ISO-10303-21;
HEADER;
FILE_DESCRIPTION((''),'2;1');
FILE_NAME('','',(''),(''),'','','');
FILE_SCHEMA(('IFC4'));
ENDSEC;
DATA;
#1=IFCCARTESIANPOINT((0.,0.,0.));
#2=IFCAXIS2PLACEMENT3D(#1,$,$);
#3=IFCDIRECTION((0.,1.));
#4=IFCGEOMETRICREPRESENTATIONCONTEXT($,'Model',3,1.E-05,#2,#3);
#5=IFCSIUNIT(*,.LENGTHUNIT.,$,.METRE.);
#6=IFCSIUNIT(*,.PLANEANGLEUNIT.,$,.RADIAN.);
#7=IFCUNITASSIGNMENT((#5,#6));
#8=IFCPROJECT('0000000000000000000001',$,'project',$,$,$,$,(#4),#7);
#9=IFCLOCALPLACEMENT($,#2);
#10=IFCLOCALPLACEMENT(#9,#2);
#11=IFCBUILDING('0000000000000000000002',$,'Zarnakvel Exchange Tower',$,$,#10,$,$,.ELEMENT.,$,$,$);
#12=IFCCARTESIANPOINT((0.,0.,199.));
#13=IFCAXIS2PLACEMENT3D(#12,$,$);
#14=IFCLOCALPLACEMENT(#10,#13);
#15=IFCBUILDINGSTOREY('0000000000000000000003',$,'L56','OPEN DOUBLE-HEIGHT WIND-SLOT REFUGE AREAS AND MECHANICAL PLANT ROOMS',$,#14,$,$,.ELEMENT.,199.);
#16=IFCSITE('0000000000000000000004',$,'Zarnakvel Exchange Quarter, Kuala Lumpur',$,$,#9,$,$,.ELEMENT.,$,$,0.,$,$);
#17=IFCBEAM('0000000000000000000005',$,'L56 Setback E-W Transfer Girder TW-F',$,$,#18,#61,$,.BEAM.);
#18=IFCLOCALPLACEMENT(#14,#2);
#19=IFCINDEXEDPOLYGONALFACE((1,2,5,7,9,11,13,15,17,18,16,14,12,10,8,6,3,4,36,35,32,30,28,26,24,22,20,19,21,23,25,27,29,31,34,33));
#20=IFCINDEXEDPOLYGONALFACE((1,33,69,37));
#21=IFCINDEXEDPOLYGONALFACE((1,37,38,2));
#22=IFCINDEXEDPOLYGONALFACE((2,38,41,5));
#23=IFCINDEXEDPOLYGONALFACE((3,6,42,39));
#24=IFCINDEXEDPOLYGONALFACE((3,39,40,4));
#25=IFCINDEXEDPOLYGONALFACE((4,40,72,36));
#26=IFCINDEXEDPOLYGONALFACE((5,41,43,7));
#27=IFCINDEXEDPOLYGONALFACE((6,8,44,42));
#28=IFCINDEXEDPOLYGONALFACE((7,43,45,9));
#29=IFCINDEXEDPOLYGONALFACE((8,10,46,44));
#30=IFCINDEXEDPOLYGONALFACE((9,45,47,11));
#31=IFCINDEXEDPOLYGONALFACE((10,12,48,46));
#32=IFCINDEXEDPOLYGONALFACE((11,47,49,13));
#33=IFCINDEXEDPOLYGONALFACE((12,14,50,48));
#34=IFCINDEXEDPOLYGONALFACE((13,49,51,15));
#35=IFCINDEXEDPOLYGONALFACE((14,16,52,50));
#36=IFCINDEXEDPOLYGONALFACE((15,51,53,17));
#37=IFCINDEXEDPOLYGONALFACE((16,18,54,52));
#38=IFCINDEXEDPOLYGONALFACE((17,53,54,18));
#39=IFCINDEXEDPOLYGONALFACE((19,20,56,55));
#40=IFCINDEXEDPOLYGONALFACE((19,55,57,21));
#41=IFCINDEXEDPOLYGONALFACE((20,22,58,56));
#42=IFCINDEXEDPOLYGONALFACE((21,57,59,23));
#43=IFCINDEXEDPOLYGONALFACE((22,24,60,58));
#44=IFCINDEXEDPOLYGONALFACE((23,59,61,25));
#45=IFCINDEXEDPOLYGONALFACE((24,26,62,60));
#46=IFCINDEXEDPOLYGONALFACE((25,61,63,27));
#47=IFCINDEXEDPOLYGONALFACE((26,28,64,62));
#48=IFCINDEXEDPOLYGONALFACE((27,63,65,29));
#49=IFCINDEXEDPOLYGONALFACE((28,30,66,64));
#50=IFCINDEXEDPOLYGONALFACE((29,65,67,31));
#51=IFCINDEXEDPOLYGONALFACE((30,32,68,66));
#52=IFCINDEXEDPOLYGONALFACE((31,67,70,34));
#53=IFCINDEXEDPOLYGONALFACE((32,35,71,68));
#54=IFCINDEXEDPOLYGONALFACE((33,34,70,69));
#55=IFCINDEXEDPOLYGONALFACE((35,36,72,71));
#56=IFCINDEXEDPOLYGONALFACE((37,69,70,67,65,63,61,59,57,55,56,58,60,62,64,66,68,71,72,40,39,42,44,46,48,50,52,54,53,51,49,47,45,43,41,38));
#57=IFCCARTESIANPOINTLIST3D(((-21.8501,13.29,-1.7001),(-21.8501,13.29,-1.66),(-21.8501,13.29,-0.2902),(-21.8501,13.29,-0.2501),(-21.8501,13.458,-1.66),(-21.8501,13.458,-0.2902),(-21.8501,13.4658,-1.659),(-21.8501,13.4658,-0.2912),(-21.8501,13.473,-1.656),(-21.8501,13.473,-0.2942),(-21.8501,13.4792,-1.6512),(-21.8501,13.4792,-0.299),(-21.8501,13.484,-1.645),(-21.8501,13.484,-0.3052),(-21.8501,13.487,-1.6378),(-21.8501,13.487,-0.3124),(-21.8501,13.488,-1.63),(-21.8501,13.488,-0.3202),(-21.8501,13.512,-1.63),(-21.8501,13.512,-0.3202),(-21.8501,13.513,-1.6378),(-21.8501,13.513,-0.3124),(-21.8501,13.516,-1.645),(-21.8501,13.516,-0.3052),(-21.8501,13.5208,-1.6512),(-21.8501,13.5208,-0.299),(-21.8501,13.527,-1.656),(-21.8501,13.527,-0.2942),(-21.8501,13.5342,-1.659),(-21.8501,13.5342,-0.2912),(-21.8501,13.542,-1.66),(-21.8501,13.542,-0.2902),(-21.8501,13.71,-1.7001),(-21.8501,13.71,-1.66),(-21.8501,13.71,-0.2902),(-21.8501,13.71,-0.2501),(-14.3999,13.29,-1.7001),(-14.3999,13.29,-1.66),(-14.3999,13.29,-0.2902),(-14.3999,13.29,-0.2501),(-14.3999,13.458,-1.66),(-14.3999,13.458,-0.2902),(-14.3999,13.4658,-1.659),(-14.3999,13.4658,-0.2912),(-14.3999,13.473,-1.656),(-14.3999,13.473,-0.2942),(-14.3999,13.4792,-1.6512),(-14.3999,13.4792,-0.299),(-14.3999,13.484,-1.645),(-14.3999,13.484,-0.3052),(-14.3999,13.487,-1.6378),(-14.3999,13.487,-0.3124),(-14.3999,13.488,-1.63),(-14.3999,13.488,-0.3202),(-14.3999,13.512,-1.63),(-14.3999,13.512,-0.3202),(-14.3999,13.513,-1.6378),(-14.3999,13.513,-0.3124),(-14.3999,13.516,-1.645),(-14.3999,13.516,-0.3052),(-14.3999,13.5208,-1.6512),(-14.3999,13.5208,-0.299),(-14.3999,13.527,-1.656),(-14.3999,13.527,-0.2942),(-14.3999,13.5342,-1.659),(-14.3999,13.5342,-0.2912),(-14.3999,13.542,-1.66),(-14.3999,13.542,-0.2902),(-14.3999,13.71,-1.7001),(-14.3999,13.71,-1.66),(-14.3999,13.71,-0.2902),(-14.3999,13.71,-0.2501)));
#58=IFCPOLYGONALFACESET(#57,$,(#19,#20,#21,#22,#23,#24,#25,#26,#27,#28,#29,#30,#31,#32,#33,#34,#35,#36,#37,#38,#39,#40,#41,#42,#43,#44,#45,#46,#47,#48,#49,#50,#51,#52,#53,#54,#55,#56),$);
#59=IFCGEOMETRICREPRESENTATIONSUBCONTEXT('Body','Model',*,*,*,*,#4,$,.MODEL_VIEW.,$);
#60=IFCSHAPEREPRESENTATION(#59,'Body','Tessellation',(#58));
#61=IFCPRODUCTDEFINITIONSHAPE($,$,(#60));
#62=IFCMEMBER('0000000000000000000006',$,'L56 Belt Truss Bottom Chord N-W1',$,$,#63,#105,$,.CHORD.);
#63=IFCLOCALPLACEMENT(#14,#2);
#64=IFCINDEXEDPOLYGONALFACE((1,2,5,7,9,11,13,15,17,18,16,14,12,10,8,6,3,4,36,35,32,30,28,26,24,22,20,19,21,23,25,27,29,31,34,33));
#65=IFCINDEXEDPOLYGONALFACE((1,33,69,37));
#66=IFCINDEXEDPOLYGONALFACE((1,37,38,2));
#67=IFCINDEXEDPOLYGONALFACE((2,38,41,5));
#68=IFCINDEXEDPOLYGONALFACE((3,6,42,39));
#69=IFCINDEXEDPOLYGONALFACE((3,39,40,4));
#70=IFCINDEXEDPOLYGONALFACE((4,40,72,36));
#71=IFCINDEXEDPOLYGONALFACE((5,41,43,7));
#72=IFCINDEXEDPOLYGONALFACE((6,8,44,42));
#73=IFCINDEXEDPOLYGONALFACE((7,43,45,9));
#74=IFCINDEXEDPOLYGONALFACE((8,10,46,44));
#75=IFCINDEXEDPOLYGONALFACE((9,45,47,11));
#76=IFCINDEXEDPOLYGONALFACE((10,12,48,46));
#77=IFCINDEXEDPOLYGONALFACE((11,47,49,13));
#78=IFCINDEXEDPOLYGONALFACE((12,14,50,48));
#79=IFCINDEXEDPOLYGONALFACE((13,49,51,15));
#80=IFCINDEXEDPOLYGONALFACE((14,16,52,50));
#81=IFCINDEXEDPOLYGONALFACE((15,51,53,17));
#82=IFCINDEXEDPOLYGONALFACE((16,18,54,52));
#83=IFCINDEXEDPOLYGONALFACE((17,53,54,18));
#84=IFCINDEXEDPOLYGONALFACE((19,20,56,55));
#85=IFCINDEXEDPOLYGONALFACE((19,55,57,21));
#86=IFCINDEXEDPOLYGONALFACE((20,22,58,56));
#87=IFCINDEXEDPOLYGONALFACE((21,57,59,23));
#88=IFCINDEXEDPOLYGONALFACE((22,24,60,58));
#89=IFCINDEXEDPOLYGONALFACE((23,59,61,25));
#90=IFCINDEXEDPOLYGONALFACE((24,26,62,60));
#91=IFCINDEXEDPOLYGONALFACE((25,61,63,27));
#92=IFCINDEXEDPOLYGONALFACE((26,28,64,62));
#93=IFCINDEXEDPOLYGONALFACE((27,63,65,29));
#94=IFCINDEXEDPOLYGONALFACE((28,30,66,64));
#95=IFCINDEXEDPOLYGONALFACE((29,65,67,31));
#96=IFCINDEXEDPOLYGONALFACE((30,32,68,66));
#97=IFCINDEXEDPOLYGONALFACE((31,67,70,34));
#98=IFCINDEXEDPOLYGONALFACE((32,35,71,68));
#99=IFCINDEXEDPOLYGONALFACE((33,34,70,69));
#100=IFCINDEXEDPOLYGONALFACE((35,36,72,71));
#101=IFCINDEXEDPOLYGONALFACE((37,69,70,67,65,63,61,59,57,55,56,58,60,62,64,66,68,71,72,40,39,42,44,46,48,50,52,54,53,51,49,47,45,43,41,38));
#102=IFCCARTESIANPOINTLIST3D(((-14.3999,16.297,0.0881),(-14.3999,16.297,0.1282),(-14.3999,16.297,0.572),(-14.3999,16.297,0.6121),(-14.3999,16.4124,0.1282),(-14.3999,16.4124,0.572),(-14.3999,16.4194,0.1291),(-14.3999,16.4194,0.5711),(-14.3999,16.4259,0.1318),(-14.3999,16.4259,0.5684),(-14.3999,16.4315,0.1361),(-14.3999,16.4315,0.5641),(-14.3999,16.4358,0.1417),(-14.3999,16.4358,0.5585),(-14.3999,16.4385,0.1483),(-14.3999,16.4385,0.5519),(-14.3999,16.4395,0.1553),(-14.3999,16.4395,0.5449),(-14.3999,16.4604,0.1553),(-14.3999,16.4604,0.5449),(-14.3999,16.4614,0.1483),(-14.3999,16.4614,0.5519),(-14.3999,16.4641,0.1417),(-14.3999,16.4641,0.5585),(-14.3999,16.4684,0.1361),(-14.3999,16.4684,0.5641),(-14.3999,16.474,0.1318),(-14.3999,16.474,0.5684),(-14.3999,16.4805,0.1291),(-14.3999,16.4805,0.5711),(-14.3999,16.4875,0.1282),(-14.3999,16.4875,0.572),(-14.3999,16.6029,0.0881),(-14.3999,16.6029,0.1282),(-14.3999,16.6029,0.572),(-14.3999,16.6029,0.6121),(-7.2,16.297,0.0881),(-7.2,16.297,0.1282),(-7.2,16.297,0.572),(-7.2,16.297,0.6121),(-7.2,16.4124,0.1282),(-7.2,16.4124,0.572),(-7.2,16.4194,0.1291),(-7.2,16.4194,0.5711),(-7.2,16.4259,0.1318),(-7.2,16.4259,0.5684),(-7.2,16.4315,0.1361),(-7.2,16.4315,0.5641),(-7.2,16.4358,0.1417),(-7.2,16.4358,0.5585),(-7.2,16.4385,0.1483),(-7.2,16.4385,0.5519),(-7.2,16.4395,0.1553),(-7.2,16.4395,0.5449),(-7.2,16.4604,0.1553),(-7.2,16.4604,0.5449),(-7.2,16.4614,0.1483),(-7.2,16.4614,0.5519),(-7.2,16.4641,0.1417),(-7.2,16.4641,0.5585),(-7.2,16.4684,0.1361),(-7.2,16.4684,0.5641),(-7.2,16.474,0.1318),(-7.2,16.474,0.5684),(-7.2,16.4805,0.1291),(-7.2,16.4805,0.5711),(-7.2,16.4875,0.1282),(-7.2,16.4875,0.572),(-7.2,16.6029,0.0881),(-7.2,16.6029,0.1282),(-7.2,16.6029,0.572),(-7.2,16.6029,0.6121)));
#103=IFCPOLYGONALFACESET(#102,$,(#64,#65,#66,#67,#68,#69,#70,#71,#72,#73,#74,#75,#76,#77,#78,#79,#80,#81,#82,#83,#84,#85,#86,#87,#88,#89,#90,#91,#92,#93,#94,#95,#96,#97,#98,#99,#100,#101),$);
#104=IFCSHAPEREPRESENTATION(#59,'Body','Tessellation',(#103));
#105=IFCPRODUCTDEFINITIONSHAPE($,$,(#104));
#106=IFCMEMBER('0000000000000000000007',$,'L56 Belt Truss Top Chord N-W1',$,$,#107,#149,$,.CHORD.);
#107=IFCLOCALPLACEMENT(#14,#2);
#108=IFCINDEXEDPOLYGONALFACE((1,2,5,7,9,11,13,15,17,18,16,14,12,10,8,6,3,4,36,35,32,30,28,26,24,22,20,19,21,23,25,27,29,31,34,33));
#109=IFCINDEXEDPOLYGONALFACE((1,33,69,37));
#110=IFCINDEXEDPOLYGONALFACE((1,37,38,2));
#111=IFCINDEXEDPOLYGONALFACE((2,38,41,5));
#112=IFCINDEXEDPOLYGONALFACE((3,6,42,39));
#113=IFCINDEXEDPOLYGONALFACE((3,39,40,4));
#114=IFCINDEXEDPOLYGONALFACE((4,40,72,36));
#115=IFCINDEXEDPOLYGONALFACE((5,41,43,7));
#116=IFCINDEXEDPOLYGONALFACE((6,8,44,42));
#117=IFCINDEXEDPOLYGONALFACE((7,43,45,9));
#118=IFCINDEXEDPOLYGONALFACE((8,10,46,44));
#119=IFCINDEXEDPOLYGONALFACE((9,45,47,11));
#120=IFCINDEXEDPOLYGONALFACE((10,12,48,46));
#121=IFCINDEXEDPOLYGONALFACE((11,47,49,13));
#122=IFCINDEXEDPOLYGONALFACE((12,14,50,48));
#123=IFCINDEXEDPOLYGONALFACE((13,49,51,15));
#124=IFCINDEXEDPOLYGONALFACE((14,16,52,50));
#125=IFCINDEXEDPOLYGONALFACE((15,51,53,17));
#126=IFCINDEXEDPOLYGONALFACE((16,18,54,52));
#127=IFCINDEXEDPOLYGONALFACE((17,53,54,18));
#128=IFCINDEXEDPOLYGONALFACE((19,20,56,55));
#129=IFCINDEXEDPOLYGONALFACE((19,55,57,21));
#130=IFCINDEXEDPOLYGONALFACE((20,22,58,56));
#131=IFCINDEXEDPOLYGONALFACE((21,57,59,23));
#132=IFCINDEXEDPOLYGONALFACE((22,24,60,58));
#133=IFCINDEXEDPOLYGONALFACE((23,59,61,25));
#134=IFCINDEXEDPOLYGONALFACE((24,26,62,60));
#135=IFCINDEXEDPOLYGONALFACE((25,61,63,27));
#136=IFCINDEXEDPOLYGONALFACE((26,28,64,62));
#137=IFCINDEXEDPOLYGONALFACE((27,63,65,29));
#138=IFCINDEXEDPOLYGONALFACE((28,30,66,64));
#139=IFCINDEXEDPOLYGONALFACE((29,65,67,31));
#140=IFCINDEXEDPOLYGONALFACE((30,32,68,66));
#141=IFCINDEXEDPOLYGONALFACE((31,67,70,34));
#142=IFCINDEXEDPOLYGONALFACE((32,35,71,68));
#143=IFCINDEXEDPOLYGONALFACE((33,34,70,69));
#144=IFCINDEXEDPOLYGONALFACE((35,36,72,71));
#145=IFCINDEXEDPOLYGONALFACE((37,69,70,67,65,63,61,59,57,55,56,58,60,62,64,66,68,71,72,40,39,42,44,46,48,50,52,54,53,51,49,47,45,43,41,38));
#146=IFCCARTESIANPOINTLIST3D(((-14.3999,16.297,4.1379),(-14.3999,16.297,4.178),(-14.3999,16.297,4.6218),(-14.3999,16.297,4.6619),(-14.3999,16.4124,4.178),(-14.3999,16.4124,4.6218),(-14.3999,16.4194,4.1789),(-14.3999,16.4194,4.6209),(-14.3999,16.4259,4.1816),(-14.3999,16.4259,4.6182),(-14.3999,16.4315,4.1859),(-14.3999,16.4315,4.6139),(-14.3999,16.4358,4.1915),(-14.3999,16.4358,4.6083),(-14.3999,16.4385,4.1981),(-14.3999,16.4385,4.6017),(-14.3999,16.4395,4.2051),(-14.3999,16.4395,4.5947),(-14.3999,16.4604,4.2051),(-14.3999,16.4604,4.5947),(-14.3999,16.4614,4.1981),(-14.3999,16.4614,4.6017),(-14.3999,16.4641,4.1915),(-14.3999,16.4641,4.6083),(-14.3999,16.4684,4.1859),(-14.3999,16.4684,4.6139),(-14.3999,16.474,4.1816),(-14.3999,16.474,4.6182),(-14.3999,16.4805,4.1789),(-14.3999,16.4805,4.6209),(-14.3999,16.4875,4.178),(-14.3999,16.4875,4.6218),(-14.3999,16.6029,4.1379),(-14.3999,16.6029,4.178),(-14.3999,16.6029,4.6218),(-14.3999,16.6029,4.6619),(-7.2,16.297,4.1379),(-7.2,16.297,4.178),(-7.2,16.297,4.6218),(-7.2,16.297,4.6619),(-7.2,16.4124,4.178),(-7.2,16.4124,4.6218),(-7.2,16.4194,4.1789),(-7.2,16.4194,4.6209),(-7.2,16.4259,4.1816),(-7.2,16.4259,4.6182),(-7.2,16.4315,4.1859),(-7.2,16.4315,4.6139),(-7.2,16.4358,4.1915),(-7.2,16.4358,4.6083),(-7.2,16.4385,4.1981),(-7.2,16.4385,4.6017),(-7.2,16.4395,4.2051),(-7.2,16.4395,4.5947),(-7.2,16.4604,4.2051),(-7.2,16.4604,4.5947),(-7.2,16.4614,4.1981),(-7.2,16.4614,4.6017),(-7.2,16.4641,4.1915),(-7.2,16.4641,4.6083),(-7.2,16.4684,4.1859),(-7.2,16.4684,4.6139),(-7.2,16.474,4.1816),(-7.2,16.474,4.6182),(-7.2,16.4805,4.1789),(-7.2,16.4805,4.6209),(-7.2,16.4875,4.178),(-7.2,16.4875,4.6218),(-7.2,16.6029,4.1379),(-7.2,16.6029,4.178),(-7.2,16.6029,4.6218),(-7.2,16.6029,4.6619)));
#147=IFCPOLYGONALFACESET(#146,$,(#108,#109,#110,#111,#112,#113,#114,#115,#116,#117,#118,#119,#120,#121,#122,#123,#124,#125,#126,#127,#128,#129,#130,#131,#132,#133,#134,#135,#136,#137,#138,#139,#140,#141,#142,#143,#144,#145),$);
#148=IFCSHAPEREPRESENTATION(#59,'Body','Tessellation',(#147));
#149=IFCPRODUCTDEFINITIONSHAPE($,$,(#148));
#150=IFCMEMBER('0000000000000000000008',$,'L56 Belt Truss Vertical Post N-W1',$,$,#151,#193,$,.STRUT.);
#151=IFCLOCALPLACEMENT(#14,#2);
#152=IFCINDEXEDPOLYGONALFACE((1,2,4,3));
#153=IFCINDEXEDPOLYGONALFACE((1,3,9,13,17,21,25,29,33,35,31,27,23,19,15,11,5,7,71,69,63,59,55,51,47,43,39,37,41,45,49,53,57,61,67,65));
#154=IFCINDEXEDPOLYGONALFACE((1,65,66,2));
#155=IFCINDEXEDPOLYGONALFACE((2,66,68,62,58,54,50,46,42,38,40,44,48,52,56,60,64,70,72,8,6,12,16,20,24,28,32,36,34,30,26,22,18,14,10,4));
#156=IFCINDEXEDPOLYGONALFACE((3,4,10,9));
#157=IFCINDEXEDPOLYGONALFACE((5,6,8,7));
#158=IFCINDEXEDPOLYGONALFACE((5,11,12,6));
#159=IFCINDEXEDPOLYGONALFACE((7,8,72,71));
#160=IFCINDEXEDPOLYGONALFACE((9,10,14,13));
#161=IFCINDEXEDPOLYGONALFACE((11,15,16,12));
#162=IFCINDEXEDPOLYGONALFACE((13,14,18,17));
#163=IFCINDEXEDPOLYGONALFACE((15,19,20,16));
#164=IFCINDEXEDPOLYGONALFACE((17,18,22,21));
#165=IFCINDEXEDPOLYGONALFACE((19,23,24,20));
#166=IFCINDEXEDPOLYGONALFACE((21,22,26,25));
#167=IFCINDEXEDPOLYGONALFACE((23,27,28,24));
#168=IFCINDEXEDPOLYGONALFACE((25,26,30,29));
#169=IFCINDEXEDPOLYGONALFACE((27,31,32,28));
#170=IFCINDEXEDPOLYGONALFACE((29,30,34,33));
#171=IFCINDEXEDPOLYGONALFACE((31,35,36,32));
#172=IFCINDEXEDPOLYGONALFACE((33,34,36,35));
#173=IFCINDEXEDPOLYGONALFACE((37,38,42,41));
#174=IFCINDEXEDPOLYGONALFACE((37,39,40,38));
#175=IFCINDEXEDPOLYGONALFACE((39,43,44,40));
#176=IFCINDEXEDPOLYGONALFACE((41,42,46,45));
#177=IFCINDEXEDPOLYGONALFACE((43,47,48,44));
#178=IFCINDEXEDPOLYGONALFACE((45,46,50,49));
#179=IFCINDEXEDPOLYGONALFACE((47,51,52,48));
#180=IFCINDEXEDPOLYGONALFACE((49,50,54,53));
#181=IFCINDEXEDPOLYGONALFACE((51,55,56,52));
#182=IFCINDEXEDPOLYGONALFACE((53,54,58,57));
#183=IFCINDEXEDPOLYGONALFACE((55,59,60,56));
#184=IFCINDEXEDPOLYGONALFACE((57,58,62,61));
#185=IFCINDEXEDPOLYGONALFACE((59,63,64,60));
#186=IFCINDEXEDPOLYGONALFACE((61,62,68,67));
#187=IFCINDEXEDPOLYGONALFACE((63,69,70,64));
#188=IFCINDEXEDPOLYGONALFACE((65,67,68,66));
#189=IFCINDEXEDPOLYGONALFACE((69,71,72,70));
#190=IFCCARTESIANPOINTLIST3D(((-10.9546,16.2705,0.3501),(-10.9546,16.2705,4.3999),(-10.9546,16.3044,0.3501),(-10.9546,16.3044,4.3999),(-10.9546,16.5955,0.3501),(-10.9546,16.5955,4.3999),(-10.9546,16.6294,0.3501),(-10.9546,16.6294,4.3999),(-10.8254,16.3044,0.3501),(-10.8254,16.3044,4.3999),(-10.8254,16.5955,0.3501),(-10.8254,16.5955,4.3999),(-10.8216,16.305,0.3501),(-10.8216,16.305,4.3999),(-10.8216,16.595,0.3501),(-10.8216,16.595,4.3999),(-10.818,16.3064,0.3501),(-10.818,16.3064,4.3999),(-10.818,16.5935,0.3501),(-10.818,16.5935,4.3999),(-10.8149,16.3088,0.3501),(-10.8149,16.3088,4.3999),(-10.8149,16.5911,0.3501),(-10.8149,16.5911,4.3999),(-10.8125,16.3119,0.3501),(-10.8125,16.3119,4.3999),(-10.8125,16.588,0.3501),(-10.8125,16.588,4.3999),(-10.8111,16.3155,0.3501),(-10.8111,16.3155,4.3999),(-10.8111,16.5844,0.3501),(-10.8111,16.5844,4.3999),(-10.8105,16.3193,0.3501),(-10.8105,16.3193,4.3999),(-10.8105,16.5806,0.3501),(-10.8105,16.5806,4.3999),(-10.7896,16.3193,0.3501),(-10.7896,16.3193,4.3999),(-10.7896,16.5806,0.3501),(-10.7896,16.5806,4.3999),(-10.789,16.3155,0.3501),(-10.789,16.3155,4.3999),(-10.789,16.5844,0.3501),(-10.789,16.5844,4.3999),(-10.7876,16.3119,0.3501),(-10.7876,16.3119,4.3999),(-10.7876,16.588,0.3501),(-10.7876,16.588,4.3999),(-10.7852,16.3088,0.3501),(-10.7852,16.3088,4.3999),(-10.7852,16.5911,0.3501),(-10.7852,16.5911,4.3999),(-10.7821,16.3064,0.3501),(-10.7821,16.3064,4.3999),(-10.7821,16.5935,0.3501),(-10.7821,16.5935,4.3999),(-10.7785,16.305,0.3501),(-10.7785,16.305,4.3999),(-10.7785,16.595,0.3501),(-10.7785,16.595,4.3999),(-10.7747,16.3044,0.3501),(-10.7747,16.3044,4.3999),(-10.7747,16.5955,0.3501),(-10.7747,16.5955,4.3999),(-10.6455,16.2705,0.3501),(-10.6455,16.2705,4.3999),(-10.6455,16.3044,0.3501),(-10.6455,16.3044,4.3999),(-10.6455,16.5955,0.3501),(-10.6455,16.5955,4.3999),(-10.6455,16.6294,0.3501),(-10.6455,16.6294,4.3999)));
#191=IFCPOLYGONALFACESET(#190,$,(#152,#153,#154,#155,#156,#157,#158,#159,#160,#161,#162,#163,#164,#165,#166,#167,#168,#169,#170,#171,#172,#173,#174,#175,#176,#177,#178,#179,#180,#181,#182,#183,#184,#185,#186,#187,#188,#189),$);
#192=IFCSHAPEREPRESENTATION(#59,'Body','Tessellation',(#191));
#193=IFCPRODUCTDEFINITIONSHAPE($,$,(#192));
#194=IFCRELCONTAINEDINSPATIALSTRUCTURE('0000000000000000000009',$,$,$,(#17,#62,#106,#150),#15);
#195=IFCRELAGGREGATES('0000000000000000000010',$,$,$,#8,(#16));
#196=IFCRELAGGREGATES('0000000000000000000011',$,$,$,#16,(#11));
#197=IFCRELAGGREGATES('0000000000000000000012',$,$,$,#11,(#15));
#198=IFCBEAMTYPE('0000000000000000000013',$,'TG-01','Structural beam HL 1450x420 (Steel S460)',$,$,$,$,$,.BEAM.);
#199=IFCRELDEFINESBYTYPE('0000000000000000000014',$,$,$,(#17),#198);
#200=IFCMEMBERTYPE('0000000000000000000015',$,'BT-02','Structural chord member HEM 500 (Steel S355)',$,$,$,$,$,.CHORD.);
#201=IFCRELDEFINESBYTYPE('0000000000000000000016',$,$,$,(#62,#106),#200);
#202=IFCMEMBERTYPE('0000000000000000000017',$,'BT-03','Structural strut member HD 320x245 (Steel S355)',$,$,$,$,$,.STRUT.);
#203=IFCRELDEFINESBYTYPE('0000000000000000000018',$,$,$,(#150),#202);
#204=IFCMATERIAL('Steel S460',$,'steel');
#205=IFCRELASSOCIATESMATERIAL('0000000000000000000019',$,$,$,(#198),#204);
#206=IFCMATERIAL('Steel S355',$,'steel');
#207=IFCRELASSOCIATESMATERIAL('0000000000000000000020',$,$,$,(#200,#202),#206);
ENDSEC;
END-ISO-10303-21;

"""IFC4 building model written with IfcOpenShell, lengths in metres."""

from ifc_helpers import new_model, si_unit, direction, frame, origin, origin_2d, place, context, subcontext, project, spatial, i_section, extrude, source, transform, mapped, material, material_profile, profile_set, type_object, element, save


model = new_model("IFC4")

# Units and contexts
model_context = context("Model", 3, precision=1e-05, world=origin(), true_north=direction((0.0, 1.0)))
body_context = subcontext(model_context, "Body", "Model", "MODEL_VIEW")
ifc_project = project(units=[si_unit("LENGTHUNIT", "METRE"), si_unit("PLANEANGLEUNIT", "RADIAN")], contexts=[model_context])

# Site, building, storey
site_placement = place(None, origin())
site = spatial("IfcSite", under=ifc_project, at=site_placement, Name="Zarnakvel Exchange Quarter, Kuala Lumpur", CompositionType="ELEMENT", RefElevation=0.0)
building_placement = place(site_placement, origin())
building = spatial("IfcBuilding", under=site, at=building_placement, Name="Zarnakvel Exchange Tower", CompositionType="ELEMENT")
storey_placement = place(building_placement, frame((0.0, 0.0, 199.0)))
storey = spatial("IfcBuildingStorey", under=building, at=storey_placement, Name="L56", Description="OPEN DOUBLE-HEIGHT WIND-SLOT REFUGE AREAS AND MECHANICAL PLANT ROOMS", CompositionType="ELEMENT", Elevation=199.0)

# Shared definitions
ifc_material_1 = material(Name="Steel S355", Category="steel")

# Beam
ifc_material_2 = material(Name="Steel S460", Category="steel")
ifc_material_profile_1 = material_profile(ifc_material_2, i_section(OverallWidth=0.4199, OverallDepth=1.45, WebThickness=0.0239, FlangeThickness=0.04, FilletRadius=0.03, at=origin_2d()))
ifc_profile_set_1 = profile_set([ifc_material_profile_1], Name="Steel S460")
beam_type_1 = type_object("IfcBeamType", Name="TG-01", Description="Structural beam HL 1450x420 (Steel S460)", PredefinedType="BEAM", material=ifc_profile_set_1)
beam_1_placement = place(storey_placement, frame((-21.8501, 13.5, -0.9751), z_axis=(1.0, 0.0, 0.0), x_axis=(0.0, 1.0, 0.0)))
element("IfcBeam", 1, at=beam_1_placement, inside=storey, type_object=beam_type_1, Name="L56 Setback E-W Transfer Girder TW-F", PredefinedType="BEAM", context=body_context, shape_type="SweptSolid", body=[
    extrude(i_section(OverallWidth=0.4199, OverallDepth=1.45, WebThickness=0.0239, FlangeThickness=0.04, FilletRadius=0.03, at=origin_2d()), origin(), (0.0, 0.0, 1.0), 7.4502),
])

# Members
ifc_material_profile_2 = material_profile(ifc_material_1, i_section(OverallWidth=0.3059, OverallDepth=0.5239, WebThickness=0.021, FlangeThickness=0.04, FilletRadius=0.0271, at=origin_2d()))
ifc_profile_set_2 = profile_set([ifc_material_profile_2], Name="Steel S355")
member_type_1 = type_object("IfcMemberType", Name="BT-02", Description="Structural chord member HEM 500 (Steel S355)", PredefinedType="CHORD", material=ifc_profile_set_2)
shared_shape_1 = source(origin(), body_context, "Body", "SweptSolid", [
    extrude(i_section(OverallWidth=0.3059, OverallDepth=0.5239, WebThickness=0.021, FlangeThickness=0.04, FilletRadius=0.0271, at=origin_2d()), origin(), (0.0, 0.0, 1.0), 7.2),
])
for number, where, z_axis, x_axis, name in (
    (2, (-14.3999, 16.45, 0.3501), (1.0, 0.0, 0.0), (0.0, 1.0, 0.0), "L56 Belt Truss Bottom Chord N-W1"),
    (3, (-14.3999, 16.45, 4.3999), (1.0, 0.0, 0.0), (0.0, 1.0, 0.0), "L56 Belt Truss Top Chord N-W1"),
):
    element("IfcMember", number, at=place(storey_placement, frame(where, z_axis=z_axis, x_axis=x_axis)), inside=storey, type_object=member_type_1, Name=name, PredefinedType="CHORD", context=body_context, shape_type="MappedRepresentation", body=[
        mapped(shared_shape_1, transform((0.0, 0.0, 0.0), x_axis=(1.0, 0.0, 0.0), y_axis=(0.0, 1.0, 0.0), z_axis=(0.0, 0.0, 1.0), scale=1.0)),
    ])
ifc_material_profile_3 = material_profile(ifc_material_1, i_section(OverallWidth=0.3091, OverallDepth=0.3589, WebThickness=0.021, FlangeThickness=0.0339, FilletRadius=0.0149, at=origin_2d()))
ifc_profile_set_3 = profile_set([ifc_material_profile_3], Name="Steel S355")
member_type_2 = type_object("IfcMemberType", Name="BT-03", Description="Structural strut member HD 320x245 (Steel S355)", PredefinedType="STRUT", material=ifc_profile_set_3)
shared_shape_2 = source(origin(), body_context, "Body", "SweptSolid", [
    extrude(i_section(OverallWidth=0.3091, OverallDepth=0.3589, WebThickness=0.021, FlangeThickness=0.0339, FilletRadius=0.0149, at=origin_2d()), origin(), (0.0, 0.0, 1.0), 4.0498),
])
member_1_placement = place(storey_placement, frame((-10.8, 16.45, 0.3501), z_axis=(0.0, 0.0, 1.0), x_axis=(1.0, 0.0, 0.0)))
element("IfcMember", 4, at=member_1_placement, inside=storey, type_object=member_type_2, Name="L56 Belt Truss Vertical Post N-W1", PredefinedType="STRUT", context=body_context, shape_type="MappedRepresentation", body=[
    mapped(shared_shape_2, transform((0.0, 0.0, 0.0), x_axis=(1.0, 0.0, 0.0), y_axis=(0.0, 1.0, 0.0), z_axis=(0.0, 0.0, 1.0), scale=1.0)),
])

save(model, "model.ifc")
